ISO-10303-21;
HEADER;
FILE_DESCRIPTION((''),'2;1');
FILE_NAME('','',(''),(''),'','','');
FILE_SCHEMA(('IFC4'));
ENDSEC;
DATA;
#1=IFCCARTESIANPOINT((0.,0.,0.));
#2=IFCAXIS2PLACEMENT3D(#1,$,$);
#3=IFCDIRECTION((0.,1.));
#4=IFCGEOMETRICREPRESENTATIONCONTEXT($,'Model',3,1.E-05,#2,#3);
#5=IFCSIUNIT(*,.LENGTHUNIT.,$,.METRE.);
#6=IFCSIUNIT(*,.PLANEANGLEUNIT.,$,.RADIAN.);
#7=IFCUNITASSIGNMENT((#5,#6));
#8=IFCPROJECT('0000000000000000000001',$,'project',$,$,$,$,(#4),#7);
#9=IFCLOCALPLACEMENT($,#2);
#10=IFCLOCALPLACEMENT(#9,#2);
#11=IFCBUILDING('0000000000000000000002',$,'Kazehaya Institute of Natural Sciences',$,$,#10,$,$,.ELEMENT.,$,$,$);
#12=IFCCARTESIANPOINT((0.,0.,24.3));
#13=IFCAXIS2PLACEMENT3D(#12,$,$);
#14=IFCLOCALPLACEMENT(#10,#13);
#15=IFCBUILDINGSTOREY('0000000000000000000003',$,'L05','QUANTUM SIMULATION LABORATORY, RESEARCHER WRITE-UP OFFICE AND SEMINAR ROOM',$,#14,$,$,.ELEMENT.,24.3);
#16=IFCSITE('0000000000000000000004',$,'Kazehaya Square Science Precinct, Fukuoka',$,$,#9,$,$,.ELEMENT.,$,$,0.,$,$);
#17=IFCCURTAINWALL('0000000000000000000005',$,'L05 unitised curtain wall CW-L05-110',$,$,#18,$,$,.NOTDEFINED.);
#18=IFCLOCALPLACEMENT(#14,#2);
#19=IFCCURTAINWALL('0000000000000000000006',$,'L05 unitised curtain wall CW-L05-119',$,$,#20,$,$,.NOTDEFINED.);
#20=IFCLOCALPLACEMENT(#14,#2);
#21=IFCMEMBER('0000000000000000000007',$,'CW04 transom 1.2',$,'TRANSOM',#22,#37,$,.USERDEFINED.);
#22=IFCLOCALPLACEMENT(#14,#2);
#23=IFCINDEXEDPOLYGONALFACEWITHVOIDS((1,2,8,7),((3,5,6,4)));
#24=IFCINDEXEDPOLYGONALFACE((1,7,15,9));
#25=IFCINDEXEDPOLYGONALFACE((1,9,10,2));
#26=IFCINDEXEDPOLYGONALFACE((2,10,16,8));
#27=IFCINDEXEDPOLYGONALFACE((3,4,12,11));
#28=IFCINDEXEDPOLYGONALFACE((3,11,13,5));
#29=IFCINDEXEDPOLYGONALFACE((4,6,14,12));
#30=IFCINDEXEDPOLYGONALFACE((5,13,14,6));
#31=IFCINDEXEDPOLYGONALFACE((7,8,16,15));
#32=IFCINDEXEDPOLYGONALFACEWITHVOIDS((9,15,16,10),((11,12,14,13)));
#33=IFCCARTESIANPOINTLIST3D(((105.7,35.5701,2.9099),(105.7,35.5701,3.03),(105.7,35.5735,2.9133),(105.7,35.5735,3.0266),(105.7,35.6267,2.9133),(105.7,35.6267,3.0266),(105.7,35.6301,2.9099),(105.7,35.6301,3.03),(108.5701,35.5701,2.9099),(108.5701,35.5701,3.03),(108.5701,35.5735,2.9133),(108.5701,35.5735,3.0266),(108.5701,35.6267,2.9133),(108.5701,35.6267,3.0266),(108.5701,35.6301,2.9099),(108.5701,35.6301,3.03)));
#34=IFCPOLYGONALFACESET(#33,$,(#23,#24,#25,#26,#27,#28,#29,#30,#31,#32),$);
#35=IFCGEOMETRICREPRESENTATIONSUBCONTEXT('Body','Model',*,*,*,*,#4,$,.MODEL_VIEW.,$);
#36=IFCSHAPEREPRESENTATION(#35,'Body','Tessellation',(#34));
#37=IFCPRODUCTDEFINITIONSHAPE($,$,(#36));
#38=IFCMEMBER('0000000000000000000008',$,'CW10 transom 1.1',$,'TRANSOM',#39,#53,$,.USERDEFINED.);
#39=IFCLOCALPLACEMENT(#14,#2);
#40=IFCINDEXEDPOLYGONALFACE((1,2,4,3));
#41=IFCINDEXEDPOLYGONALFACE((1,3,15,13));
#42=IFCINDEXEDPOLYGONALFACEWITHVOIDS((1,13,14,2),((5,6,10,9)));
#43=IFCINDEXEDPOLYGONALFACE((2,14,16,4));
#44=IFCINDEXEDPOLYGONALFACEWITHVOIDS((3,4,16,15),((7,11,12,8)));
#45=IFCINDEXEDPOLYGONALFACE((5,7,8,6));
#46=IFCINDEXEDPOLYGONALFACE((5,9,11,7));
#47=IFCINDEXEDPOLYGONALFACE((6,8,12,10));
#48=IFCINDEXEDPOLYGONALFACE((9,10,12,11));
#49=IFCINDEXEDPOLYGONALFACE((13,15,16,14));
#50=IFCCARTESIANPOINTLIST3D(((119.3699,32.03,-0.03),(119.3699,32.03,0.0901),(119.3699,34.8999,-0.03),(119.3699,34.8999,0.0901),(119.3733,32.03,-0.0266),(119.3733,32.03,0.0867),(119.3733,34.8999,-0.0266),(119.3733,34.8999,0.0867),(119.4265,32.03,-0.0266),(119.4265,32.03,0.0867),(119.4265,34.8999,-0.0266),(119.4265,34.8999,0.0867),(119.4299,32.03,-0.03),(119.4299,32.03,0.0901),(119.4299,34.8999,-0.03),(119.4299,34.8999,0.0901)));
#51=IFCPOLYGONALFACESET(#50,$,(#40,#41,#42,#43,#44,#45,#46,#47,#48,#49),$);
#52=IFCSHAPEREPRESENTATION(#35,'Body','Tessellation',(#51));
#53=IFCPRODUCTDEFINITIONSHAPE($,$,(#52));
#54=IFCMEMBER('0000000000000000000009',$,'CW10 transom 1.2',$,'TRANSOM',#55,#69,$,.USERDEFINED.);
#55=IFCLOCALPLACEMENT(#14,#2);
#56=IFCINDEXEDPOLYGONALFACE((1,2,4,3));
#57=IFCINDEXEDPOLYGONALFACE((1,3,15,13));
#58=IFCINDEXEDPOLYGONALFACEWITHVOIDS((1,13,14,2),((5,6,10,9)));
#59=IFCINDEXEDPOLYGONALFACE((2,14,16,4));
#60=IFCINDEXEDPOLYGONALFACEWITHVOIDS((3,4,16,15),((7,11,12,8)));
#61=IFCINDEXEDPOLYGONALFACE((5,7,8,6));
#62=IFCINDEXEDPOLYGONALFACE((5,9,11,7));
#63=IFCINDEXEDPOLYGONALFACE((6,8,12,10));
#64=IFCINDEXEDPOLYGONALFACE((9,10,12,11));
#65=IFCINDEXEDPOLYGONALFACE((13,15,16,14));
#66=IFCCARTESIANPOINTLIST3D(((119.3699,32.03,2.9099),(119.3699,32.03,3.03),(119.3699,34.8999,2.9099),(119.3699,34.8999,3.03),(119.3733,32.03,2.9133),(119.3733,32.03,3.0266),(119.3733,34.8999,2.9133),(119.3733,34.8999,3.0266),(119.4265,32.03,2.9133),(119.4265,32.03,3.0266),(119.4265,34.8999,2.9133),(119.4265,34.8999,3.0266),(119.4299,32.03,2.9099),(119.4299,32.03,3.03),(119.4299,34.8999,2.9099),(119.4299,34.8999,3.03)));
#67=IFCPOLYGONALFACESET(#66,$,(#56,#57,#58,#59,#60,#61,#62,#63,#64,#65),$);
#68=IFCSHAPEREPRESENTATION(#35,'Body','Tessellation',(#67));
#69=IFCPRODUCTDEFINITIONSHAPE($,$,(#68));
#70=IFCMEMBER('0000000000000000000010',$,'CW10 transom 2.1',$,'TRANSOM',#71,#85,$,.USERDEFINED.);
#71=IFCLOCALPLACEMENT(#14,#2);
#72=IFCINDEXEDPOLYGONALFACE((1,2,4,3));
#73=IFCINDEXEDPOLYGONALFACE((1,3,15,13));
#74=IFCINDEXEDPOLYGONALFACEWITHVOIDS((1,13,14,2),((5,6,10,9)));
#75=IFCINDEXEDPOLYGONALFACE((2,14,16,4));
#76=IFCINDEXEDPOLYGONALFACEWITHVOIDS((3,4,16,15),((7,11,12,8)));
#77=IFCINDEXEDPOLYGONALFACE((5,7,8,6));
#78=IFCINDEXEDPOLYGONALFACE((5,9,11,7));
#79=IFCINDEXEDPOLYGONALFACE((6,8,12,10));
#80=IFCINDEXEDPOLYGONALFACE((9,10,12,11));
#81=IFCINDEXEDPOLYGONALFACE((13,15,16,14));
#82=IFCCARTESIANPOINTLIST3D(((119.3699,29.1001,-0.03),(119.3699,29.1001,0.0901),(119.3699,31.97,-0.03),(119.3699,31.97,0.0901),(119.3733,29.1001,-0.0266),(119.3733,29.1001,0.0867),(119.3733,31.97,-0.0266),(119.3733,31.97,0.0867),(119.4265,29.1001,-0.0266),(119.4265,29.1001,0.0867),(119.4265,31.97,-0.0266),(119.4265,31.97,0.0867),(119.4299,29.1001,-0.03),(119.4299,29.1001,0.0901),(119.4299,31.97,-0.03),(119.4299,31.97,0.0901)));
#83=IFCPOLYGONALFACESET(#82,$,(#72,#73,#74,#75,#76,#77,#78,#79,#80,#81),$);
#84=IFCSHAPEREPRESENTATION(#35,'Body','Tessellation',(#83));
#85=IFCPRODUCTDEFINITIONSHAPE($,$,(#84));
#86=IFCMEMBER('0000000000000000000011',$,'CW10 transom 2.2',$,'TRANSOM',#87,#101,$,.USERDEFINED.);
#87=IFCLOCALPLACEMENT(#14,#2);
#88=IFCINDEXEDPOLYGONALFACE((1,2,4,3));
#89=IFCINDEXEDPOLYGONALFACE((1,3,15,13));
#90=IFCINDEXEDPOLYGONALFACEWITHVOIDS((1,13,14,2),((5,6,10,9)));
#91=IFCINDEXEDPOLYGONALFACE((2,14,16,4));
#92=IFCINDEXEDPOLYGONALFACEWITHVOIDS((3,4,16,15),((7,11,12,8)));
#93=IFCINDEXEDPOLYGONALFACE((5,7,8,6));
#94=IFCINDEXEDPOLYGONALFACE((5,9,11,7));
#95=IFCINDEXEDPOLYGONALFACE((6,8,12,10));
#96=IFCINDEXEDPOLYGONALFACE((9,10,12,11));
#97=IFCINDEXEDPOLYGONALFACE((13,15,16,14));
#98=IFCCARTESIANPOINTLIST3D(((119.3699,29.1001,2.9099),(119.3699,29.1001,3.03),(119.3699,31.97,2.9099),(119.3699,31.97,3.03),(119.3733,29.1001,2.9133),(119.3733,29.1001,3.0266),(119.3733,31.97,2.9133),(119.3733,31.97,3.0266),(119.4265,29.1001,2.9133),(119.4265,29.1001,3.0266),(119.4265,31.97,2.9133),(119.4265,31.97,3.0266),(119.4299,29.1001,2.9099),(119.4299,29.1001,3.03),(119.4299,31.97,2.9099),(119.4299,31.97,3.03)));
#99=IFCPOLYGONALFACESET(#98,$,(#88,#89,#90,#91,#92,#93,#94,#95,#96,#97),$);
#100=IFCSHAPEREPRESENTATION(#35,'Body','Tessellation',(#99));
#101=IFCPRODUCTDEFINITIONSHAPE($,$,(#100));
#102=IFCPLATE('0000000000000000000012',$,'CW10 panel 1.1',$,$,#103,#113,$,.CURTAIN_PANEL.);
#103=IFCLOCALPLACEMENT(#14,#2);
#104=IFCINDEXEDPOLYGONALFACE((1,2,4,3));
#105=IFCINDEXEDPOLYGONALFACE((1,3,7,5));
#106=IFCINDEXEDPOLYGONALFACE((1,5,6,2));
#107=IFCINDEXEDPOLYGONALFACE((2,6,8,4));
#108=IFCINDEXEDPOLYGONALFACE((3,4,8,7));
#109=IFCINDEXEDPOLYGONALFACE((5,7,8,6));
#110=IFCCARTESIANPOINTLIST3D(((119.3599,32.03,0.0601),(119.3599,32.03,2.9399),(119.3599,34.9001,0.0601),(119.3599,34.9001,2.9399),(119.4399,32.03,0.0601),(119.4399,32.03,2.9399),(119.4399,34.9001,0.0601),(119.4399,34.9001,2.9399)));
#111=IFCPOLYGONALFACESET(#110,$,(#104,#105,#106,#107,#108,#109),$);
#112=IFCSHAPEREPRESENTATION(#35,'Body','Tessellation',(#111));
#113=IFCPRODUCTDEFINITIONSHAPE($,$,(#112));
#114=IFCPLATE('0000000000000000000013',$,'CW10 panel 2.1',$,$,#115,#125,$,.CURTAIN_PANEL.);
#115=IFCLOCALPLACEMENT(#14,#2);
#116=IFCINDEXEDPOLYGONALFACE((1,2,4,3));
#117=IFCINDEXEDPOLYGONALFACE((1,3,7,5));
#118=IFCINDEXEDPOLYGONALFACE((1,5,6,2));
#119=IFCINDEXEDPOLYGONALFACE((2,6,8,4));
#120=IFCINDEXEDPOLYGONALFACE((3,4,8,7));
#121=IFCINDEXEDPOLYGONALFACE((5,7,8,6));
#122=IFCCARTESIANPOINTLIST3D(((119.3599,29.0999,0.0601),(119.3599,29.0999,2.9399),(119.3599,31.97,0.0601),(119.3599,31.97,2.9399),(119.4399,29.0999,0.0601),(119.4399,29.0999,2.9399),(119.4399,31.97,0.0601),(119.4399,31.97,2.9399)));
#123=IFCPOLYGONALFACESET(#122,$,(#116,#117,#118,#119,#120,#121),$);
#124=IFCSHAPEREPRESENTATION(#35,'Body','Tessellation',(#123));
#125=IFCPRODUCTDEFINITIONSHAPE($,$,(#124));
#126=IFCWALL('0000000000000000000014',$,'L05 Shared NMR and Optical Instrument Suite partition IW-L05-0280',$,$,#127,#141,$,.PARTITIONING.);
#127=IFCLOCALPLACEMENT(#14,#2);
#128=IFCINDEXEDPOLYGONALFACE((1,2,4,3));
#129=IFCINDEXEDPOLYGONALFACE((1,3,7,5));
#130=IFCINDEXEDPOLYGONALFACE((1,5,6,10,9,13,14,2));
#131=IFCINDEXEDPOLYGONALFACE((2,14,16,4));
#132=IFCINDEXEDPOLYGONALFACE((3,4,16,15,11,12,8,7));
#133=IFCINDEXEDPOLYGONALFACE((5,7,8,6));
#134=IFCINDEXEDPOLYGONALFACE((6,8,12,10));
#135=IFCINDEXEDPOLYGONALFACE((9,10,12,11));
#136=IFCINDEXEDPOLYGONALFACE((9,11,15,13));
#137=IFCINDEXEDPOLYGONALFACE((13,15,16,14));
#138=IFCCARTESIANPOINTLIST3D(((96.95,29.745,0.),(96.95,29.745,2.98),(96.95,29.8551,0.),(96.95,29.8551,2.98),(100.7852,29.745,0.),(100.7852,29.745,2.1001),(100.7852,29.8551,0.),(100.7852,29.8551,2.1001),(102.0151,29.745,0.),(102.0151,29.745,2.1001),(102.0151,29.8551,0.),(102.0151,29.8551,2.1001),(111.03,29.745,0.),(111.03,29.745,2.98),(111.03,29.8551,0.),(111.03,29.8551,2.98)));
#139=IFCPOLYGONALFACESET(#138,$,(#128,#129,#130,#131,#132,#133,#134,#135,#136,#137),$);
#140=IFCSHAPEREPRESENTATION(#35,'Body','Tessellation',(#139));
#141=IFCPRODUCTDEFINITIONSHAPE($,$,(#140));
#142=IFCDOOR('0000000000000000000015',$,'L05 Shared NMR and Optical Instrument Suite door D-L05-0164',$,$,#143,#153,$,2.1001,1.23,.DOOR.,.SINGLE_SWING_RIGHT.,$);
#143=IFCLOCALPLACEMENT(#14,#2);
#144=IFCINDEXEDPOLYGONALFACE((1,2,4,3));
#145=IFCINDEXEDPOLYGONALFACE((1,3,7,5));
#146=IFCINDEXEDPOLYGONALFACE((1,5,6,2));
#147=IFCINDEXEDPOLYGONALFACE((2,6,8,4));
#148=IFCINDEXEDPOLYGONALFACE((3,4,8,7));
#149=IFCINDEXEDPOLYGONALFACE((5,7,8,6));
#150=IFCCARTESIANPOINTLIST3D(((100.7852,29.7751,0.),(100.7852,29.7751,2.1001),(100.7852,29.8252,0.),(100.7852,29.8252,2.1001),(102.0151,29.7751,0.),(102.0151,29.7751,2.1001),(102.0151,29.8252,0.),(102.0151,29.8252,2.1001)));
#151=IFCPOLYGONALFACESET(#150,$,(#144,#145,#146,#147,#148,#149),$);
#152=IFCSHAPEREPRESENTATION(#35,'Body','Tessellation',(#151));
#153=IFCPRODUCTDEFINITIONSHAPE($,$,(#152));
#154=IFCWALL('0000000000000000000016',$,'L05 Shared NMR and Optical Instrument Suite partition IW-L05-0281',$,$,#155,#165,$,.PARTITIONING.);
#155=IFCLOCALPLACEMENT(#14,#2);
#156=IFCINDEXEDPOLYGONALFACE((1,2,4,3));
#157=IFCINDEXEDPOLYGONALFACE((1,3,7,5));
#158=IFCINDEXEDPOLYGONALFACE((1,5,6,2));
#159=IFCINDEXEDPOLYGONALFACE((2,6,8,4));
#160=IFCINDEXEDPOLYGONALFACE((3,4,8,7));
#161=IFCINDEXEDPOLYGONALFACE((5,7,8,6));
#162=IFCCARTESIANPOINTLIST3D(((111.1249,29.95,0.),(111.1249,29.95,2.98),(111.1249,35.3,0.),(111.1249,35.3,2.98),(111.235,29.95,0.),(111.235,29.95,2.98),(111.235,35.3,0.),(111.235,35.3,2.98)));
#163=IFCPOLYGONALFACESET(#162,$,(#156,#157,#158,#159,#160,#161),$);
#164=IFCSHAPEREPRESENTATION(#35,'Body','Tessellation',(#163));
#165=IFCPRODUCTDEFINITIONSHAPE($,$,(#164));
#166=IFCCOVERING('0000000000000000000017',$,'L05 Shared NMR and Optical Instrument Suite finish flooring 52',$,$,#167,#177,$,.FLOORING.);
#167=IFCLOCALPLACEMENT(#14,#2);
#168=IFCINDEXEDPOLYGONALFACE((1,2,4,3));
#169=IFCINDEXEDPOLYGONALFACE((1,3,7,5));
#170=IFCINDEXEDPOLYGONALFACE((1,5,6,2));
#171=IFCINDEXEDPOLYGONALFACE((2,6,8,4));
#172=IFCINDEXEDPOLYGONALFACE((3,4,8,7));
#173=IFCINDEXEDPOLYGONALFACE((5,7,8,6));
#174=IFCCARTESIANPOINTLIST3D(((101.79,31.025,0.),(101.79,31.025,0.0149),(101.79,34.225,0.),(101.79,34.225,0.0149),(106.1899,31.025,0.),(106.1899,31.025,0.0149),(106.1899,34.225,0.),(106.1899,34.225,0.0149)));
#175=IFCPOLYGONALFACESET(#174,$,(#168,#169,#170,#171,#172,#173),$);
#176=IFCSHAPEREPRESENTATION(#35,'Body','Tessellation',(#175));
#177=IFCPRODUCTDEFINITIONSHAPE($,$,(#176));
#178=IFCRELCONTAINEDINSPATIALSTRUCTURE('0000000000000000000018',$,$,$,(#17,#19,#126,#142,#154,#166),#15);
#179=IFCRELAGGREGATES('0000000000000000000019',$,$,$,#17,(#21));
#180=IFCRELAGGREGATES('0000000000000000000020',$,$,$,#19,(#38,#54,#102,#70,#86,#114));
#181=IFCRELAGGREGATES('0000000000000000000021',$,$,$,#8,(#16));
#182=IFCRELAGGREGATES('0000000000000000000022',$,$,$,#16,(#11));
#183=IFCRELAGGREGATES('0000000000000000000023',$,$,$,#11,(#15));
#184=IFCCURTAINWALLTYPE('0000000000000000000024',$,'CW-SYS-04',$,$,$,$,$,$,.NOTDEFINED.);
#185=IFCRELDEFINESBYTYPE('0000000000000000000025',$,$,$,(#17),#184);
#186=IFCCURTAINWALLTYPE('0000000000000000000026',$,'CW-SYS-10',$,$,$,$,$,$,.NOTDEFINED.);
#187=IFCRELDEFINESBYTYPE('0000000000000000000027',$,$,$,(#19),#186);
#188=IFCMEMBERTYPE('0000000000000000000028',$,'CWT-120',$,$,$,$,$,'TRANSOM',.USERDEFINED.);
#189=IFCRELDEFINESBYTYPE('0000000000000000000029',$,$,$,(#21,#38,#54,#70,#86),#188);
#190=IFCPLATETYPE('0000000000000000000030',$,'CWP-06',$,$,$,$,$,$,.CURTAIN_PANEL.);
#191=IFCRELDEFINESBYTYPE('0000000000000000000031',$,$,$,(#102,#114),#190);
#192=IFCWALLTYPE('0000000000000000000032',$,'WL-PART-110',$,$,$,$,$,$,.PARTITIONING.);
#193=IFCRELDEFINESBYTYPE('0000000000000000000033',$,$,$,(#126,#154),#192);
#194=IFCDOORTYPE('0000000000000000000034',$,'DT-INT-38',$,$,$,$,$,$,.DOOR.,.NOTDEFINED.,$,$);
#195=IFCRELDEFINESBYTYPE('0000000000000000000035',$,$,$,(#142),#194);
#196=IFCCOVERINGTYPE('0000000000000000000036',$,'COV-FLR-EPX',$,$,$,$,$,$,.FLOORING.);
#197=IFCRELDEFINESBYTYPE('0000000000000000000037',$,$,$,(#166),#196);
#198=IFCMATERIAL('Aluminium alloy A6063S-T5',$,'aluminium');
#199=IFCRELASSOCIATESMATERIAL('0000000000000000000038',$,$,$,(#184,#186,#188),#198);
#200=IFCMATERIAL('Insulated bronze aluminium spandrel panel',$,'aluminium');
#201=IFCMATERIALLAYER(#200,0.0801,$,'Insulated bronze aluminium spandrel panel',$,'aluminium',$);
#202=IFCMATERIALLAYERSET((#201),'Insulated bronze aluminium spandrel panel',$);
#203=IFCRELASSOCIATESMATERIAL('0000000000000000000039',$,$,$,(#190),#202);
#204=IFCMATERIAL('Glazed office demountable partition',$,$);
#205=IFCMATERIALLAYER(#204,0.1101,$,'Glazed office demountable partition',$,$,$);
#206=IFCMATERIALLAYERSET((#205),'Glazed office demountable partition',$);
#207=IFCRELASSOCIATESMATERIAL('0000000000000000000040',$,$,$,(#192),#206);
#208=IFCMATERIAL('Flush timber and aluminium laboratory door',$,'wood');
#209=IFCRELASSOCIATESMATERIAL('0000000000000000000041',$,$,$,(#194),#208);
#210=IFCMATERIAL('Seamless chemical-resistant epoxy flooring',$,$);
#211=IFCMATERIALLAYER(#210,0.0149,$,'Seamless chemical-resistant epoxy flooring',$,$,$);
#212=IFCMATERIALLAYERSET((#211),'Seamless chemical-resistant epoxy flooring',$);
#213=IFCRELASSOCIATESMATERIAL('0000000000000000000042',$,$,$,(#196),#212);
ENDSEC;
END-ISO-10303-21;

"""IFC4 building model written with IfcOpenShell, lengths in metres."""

from ifc_helpers import new_model, si_unit, direction, frame, frame_2d, origin, origin_2d, place, context, subcontext, project, spatial, rectangle, hollow_rectangle, extrude, material, layer, layer_set, material_profile, profile_set, type_object, element, fill, aggregate, save


model = new_model("IFC4")

# Units and contexts
model_context = context("Model", 3, precision=1e-05, world=origin(), true_north=direction((0.0, 1.0)))
body_context = subcontext(model_context, "Body", "Model", "MODEL_VIEW")
ifc_project = project(units=[si_unit("LENGTHUNIT", "METRE"), si_unit("PLANEANGLEUNIT", "RADIAN")], contexts=[model_context])

# Site, building, storey
site_placement = place(None, origin())
site = spatial("IfcSite", under=ifc_project, at=site_placement, Name="Kazehaya Square Science Precinct, Fukuoka", CompositionType="ELEMENT", RefElevation=0.0)
building_placement = place(site_placement, origin())
building = spatial("IfcBuilding", under=site, at=building_placement, Name="Kazehaya Institute of Natural Sciences", CompositionType="ELEMENT")
storey_placement = place(building_placement, frame((0.0, 0.0, 24.3)))
storey = spatial("IfcBuildingStorey", under=building, at=storey_placement, Name="L05", Description="QUANTUM SIMULATION LABORATORY, RESEARCHER WRITE-UP OFFICE AND SEMINAR ROOM", CompositionType="ELEMENT", Elevation=24.3)

# Curtain wall
ifc_material_1 = material(Name="Aluminium alloy A6063S-T5", Category="aluminium")
curtain_wall_type_1 = type_object("IfcCurtainWallType", Name="CW-SYS-04", PredefinedType="NOTDEFINED", material=ifc_material_1)
curtain_wall_1_placement = place(storey_placement, origin())
curtain_wall_1 = element("IfcCurtainWall", 1, at=curtain_wall_1_placement, inside=storey, type_object=curtain_wall_type_1, Name="L05 unitised curtain wall CW-L05-110", PredefinedType="NOTDEFINED")

# Curtain wall
curtain_wall_type_2 = type_object("IfcCurtainWallType", Name="CW-SYS-10", PredefinedType="NOTDEFINED", material=ifc_material_1)
curtain_wall_2_placement = place(storey_placement, origin())
curtain_wall_2 = element("IfcCurtainWall", 2, at=curtain_wall_2_placement, inside=storey, type_object=curtain_wall_type_2, Name="L05 unitised curtain wall CW-L05-119", PredefinedType="NOTDEFINED")

# Members
ifc_material_profile_1 = material_profile(ifc_material_1, hollow_rectangle(XDim=0.0601, YDim=0.1201, WallThickness=0.0034, at=origin_2d()), Name="ALU-60x120x3.5")
ifc_profile_set_1 = profile_set([ifc_material_profile_1], Name="Aluminium alloy A6063S-T5")
member_type_1 = type_object("IfcMemberType", Name="CWT-120", ElementType="TRANSOM", PredefinedType="USERDEFINED", material=ifc_profile_set_1)
member_1_placement = place(storey_placement, frame((105.7, 35.6001, 2.97), z_axis=(1.0, 0.0, 0.0), x_axis=(0.0, 1.0, 0.0)))
member_1 = element("IfcMember", 3, at=member_1_placement, type_object=member_type_1, Name="CW04 transom 1.2", ObjectType="TRANSOM", PredefinedType="USERDEFINED", context=body_context, shape_type="SweptSolid", body=[
    extrude(hollow_rectangle(XDim=0.0601, YDim=0.1201, WallThickness=0.0034, at=origin_2d()), origin(), (0.0, 0.0, 1.0), 2.8701),
])
aggregate(curtain_wall_1, [member_1])
member_2_placement = place(storey_placement, frame((119.3999, 34.8999, 0.03), z_axis=(0.0, -1.0, 0.0), x_axis=(1.0, 0.0, 0.0)))
member_2 = element("IfcMember", 4, at=member_2_placement, type_object=member_type_1, Name="CW10 transom 1.1", ObjectType="TRANSOM", PredefinedType="USERDEFINED", context=body_context, shape_type="SweptSolid", body=[
    extrude(hollow_rectangle(XDim=0.0601, YDim=0.1201, WallThickness=0.0034, at=origin_2d()), origin(), (0.0, 0.0, 1.0), 2.8699),
])
member_3_placement = place(storey_placement, frame((119.3999, 34.8999, 2.97), z_axis=(0.0, -1.0, 0.0), x_axis=(1.0, 0.0, 0.0)))
member_3 = element("IfcMember", 5, at=member_3_placement, type_object=member_type_1, Name="CW10 transom 1.2", ObjectType="TRANSOM", PredefinedType="USERDEFINED", context=body_context, shape_type="SweptSolid", body=[
    extrude(hollow_rectangle(XDim=0.0601, YDim=0.1201, WallThickness=0.0034, at=origin_2d()), origin(), (0.0, 0.0, 1.0), 2.8699),
])
member_4_placement = place(storey_placement, frame((119.3999, 31.97, 0.03), z_axis=(0.0, -1.0, 0.0), x_axis=(1.0, 0.0, 0.0)))
member_4 = element("IfcMember", 6, at=member_4_placement, type_object=member_type_1, Name="CW10 transom 2.1", ObjectType="TRANSOM", PredefinedType="USERDEFINED", context=body_context, shape_type="SweptSolid", body=[
    extrude(hollow_rectangle(XDim=0.0601, YDim=0.1201, WallThickness=0.0034, at=origin_2d()), origin(), (0.0, 0.0, 1.0), 2.8699),
])
member_5_placement = place(storey_placement, frame((119.3999, 31.97, 2.97), z_axis=(0.0, -1.0, 0.0), x_axis=(1.0, 0.0, 0.0)))
member_5 = element("IfcMember", 7, at=member_5_placement, type_object=member_type_1, Name="CW10 transom 2.2", ObjectType="TRANSOM", PredefinedType="USERDEFINED", context=body_context, shape_type="SweptSolid", body=[
    extrude(hollow_rectangle(XDim=0.0601, YDim=0.1201, WallThickness=0.0034, at=origin_2d()), origin(), (0.0, 0.0, 1.0), 2.8699),
])

# Plates
ifc_material_2 = material(Name="Insulated bronze aluminium spandrel panel", Category="aluminium")
ifc_layer_1 = layer(ifc_material_2, 0.0801, Name="Insulated bronze aluminium spandrel panel", Category="aluminium")
ifc_layer_set_1 = layer_set([ifc_layer_1], Name="Insulated bronze aluminium spandrel panel")
plate_type = type_object("IfcPlateType", Name="CWP-06", PredefinedType="CURTAIN_PANEL", material=ifc_layer_set_1)
plate_1_placement = place(storey_placement, frame((119.3999, 33.4651, 0.0601), z_axis=(0.0, 0.0, 1.0), x_axis=(0.0, -1.0, 0.0)))
plate_1 = element("IfcPlate", 8, at=plate_1_placement, type_object=plate_type, Name="CW10 panel 1.1", PredefinedType="CURTAIN_PANEL", context=body_context, shape_type="SweptSolid", body=[
    extrude(rectangle(XDim=2.8701, YDim=0.0801, at=origin_2d()), origin(), (0.0, 0.0, 1.0), 2.8799),
])
plate_2_placement = place(storey_placement, frame((119.3999, 30.5349, 0.0601), z_axis=(0.0, 0.0, 1.0), x_axis=(0.0, -1.0, 0.0)))
plate_2 = element("IfcPlate", 9, at=plate_2_placement, type_object=plate_type, Name="CW10 panel 2.1", PredefinedType="CURTAIN_PANEL", context=body_context, shape_type="SweptSolid", body=[
    extrude(rectangle(XDim=2.8701, YDim=0.0801, at=origin_2d()), origin(), (0.0, 0.0, 1.0), 2.8799),
])
aggregate(curtain_wall_2, [member_2, member_3, plate_1, member_4, member_5, plate_2])

# Wall, opening, door
ifc_material_3 = material(Name="Glazed office demountable partition")
ifc_layer_2 = layer(ifc_material_3, 0.1101, Name="Glazed office demountable partition")
ifc_layer_set_2 = layer_set([ifc_layer_2], Name="Glazed office demountable partition")
wall_type = type_object("IfcWallType", Name="WL-PART-110", PredefinedType="PARTITIONING", material=ifc_layer_set_2)
wall_1_placement = place(storey_placement, frame((111.03, 29.8, 0.0), z_axis=(0.0, 0.0, 1.0), x_axis=(-1.0, 0.0, 0.0)))
wall_1 = element("IfcWall", 10, at=wall_1_placement, inside=storey, type_object=wall_type, Name="L05 Shared NMR and Optical Instrument Suite partition IW-L05-0280", PredefinedType="PARTITIONING", context=body_context, shape_type="SweptSolid", body=[
    extrude(rectangle(XDim=14.0801, YDim=0.1101, at=frame_2d((7.04, 0.0))), origin(), (0.0, 0.0, 1.0), 2.98),
])
opening_placement = place(wall_1_placement, frame((9.0149, 0.0, 0.0)))
opening = element("IfcOpeningElement", 11, at=opening_placement, cuts=wall_1, PredefinedType="OPENING", context=body_context, shape_type="SweptSolid", body=[
    extrude(rectangle(XDim=1.23, YDim=2.1001, at=frame_2d((0.615, 1.05))), frame((0.0, 0.0649, 0.0), z_axis=(0.0, -1.0, 0.0), x_axis=(1.0, 0.0, 0.0)), (0.0, 0.0, 1.0), 0.1301),
])
ifc_material_4 = material(Name="Flush timber and aluminium laboratory door", Category="wood")
door_type = type_object("IfcDoorType", Name="DT-INT-38", OperationType="NOTDEFINED", PredefinedType="DOOR", material=ifc_material_4)
door_placement = place(opening_placement, origin())
door = element("IfcDoor", 12, at=door_placement, inside=storey, type_object=door_type, Name="L05 Shared NMR and Optical Instrument Suite door D-L05-0164", OperationType="SINGLE_SWING_RIGHT", OverallHeight=2.1001, OverallWidth=1.23, PredefinedType="DOOR", context=body_context, shape_type="SweptSolid", body=[
    extrude(rectangle(XDim=1.23, YDim=2.1001, at=frame_2d((0.615, 1.05))), frame((0.0, 0.0249, 0.0), z_axis=(0.0, -1.0, 0.0), x_axis=(1.0, 0.0, 0.0)), (0.0, 0.0, 1.0), 0.05),
])
fill(opening, door)

# Wall
wall_2_placement = place(storey_placement, frame((111.1799, 35.3, 0.0), z_axis=(0.0, 0.0, 1.0), x_axis=(0.0, -1.0, 0.0)))
element("IfcWall", 13, at=wall_2_placement, inside=storey, type_object=wall_type, Name="L05 Shared NMR and Optical Instrument Suite partition IW-L05-0281", PredefinedType="PARTITIONING", context=body_context, shape_type="SweptSolid", body=[
    extrude(rectangle(XDim=5.3501, YDim=0.1101, at=frame_2d((2.675, 0.0))), origin(), (0.0, 0.0, 1.0), 2.98),
])

# Covering
ifc_material_5 = material(Name="Seamless chemical-resistant epoxy flooring")
ifc_layer_3 = layer(ifc_material_5, 0.0149, Name="Seamless chemical-resistant epoxy flooring")
ifc_layer_set_3 = layer_set([ifc_layer_3], Name="Seamless chemical-resistant epoxy flooring")
covering_type = type_object("IfcCoveringType", Name="COV-FLR-EPX", PredefinedType="FLOORING", material=ifc_layer_set_3)
covering_placement = place(storey_placement, frame((103.99, 32.625, 0.0), z_axis=(0.0, 0.0, 1.0), x_axis=(1.0, 0.0, 0.0)))
element("IfcCovering", 14, at=covering_placement, inside=storey, type_object=covering_type, Name="L05 Shared NMR and Optical Instrument Suite finish flooring 52", PredefinedType="FLOORING", context=body_context, shape_type="SweptSolid", body=[
    extrude(rectangle(XDim=4.3999, YDim=3.2, at=origin_2d()), origin(), (0.0, 0.0, 1.0), 0.0149),
])

save(model, "model.ifc")
